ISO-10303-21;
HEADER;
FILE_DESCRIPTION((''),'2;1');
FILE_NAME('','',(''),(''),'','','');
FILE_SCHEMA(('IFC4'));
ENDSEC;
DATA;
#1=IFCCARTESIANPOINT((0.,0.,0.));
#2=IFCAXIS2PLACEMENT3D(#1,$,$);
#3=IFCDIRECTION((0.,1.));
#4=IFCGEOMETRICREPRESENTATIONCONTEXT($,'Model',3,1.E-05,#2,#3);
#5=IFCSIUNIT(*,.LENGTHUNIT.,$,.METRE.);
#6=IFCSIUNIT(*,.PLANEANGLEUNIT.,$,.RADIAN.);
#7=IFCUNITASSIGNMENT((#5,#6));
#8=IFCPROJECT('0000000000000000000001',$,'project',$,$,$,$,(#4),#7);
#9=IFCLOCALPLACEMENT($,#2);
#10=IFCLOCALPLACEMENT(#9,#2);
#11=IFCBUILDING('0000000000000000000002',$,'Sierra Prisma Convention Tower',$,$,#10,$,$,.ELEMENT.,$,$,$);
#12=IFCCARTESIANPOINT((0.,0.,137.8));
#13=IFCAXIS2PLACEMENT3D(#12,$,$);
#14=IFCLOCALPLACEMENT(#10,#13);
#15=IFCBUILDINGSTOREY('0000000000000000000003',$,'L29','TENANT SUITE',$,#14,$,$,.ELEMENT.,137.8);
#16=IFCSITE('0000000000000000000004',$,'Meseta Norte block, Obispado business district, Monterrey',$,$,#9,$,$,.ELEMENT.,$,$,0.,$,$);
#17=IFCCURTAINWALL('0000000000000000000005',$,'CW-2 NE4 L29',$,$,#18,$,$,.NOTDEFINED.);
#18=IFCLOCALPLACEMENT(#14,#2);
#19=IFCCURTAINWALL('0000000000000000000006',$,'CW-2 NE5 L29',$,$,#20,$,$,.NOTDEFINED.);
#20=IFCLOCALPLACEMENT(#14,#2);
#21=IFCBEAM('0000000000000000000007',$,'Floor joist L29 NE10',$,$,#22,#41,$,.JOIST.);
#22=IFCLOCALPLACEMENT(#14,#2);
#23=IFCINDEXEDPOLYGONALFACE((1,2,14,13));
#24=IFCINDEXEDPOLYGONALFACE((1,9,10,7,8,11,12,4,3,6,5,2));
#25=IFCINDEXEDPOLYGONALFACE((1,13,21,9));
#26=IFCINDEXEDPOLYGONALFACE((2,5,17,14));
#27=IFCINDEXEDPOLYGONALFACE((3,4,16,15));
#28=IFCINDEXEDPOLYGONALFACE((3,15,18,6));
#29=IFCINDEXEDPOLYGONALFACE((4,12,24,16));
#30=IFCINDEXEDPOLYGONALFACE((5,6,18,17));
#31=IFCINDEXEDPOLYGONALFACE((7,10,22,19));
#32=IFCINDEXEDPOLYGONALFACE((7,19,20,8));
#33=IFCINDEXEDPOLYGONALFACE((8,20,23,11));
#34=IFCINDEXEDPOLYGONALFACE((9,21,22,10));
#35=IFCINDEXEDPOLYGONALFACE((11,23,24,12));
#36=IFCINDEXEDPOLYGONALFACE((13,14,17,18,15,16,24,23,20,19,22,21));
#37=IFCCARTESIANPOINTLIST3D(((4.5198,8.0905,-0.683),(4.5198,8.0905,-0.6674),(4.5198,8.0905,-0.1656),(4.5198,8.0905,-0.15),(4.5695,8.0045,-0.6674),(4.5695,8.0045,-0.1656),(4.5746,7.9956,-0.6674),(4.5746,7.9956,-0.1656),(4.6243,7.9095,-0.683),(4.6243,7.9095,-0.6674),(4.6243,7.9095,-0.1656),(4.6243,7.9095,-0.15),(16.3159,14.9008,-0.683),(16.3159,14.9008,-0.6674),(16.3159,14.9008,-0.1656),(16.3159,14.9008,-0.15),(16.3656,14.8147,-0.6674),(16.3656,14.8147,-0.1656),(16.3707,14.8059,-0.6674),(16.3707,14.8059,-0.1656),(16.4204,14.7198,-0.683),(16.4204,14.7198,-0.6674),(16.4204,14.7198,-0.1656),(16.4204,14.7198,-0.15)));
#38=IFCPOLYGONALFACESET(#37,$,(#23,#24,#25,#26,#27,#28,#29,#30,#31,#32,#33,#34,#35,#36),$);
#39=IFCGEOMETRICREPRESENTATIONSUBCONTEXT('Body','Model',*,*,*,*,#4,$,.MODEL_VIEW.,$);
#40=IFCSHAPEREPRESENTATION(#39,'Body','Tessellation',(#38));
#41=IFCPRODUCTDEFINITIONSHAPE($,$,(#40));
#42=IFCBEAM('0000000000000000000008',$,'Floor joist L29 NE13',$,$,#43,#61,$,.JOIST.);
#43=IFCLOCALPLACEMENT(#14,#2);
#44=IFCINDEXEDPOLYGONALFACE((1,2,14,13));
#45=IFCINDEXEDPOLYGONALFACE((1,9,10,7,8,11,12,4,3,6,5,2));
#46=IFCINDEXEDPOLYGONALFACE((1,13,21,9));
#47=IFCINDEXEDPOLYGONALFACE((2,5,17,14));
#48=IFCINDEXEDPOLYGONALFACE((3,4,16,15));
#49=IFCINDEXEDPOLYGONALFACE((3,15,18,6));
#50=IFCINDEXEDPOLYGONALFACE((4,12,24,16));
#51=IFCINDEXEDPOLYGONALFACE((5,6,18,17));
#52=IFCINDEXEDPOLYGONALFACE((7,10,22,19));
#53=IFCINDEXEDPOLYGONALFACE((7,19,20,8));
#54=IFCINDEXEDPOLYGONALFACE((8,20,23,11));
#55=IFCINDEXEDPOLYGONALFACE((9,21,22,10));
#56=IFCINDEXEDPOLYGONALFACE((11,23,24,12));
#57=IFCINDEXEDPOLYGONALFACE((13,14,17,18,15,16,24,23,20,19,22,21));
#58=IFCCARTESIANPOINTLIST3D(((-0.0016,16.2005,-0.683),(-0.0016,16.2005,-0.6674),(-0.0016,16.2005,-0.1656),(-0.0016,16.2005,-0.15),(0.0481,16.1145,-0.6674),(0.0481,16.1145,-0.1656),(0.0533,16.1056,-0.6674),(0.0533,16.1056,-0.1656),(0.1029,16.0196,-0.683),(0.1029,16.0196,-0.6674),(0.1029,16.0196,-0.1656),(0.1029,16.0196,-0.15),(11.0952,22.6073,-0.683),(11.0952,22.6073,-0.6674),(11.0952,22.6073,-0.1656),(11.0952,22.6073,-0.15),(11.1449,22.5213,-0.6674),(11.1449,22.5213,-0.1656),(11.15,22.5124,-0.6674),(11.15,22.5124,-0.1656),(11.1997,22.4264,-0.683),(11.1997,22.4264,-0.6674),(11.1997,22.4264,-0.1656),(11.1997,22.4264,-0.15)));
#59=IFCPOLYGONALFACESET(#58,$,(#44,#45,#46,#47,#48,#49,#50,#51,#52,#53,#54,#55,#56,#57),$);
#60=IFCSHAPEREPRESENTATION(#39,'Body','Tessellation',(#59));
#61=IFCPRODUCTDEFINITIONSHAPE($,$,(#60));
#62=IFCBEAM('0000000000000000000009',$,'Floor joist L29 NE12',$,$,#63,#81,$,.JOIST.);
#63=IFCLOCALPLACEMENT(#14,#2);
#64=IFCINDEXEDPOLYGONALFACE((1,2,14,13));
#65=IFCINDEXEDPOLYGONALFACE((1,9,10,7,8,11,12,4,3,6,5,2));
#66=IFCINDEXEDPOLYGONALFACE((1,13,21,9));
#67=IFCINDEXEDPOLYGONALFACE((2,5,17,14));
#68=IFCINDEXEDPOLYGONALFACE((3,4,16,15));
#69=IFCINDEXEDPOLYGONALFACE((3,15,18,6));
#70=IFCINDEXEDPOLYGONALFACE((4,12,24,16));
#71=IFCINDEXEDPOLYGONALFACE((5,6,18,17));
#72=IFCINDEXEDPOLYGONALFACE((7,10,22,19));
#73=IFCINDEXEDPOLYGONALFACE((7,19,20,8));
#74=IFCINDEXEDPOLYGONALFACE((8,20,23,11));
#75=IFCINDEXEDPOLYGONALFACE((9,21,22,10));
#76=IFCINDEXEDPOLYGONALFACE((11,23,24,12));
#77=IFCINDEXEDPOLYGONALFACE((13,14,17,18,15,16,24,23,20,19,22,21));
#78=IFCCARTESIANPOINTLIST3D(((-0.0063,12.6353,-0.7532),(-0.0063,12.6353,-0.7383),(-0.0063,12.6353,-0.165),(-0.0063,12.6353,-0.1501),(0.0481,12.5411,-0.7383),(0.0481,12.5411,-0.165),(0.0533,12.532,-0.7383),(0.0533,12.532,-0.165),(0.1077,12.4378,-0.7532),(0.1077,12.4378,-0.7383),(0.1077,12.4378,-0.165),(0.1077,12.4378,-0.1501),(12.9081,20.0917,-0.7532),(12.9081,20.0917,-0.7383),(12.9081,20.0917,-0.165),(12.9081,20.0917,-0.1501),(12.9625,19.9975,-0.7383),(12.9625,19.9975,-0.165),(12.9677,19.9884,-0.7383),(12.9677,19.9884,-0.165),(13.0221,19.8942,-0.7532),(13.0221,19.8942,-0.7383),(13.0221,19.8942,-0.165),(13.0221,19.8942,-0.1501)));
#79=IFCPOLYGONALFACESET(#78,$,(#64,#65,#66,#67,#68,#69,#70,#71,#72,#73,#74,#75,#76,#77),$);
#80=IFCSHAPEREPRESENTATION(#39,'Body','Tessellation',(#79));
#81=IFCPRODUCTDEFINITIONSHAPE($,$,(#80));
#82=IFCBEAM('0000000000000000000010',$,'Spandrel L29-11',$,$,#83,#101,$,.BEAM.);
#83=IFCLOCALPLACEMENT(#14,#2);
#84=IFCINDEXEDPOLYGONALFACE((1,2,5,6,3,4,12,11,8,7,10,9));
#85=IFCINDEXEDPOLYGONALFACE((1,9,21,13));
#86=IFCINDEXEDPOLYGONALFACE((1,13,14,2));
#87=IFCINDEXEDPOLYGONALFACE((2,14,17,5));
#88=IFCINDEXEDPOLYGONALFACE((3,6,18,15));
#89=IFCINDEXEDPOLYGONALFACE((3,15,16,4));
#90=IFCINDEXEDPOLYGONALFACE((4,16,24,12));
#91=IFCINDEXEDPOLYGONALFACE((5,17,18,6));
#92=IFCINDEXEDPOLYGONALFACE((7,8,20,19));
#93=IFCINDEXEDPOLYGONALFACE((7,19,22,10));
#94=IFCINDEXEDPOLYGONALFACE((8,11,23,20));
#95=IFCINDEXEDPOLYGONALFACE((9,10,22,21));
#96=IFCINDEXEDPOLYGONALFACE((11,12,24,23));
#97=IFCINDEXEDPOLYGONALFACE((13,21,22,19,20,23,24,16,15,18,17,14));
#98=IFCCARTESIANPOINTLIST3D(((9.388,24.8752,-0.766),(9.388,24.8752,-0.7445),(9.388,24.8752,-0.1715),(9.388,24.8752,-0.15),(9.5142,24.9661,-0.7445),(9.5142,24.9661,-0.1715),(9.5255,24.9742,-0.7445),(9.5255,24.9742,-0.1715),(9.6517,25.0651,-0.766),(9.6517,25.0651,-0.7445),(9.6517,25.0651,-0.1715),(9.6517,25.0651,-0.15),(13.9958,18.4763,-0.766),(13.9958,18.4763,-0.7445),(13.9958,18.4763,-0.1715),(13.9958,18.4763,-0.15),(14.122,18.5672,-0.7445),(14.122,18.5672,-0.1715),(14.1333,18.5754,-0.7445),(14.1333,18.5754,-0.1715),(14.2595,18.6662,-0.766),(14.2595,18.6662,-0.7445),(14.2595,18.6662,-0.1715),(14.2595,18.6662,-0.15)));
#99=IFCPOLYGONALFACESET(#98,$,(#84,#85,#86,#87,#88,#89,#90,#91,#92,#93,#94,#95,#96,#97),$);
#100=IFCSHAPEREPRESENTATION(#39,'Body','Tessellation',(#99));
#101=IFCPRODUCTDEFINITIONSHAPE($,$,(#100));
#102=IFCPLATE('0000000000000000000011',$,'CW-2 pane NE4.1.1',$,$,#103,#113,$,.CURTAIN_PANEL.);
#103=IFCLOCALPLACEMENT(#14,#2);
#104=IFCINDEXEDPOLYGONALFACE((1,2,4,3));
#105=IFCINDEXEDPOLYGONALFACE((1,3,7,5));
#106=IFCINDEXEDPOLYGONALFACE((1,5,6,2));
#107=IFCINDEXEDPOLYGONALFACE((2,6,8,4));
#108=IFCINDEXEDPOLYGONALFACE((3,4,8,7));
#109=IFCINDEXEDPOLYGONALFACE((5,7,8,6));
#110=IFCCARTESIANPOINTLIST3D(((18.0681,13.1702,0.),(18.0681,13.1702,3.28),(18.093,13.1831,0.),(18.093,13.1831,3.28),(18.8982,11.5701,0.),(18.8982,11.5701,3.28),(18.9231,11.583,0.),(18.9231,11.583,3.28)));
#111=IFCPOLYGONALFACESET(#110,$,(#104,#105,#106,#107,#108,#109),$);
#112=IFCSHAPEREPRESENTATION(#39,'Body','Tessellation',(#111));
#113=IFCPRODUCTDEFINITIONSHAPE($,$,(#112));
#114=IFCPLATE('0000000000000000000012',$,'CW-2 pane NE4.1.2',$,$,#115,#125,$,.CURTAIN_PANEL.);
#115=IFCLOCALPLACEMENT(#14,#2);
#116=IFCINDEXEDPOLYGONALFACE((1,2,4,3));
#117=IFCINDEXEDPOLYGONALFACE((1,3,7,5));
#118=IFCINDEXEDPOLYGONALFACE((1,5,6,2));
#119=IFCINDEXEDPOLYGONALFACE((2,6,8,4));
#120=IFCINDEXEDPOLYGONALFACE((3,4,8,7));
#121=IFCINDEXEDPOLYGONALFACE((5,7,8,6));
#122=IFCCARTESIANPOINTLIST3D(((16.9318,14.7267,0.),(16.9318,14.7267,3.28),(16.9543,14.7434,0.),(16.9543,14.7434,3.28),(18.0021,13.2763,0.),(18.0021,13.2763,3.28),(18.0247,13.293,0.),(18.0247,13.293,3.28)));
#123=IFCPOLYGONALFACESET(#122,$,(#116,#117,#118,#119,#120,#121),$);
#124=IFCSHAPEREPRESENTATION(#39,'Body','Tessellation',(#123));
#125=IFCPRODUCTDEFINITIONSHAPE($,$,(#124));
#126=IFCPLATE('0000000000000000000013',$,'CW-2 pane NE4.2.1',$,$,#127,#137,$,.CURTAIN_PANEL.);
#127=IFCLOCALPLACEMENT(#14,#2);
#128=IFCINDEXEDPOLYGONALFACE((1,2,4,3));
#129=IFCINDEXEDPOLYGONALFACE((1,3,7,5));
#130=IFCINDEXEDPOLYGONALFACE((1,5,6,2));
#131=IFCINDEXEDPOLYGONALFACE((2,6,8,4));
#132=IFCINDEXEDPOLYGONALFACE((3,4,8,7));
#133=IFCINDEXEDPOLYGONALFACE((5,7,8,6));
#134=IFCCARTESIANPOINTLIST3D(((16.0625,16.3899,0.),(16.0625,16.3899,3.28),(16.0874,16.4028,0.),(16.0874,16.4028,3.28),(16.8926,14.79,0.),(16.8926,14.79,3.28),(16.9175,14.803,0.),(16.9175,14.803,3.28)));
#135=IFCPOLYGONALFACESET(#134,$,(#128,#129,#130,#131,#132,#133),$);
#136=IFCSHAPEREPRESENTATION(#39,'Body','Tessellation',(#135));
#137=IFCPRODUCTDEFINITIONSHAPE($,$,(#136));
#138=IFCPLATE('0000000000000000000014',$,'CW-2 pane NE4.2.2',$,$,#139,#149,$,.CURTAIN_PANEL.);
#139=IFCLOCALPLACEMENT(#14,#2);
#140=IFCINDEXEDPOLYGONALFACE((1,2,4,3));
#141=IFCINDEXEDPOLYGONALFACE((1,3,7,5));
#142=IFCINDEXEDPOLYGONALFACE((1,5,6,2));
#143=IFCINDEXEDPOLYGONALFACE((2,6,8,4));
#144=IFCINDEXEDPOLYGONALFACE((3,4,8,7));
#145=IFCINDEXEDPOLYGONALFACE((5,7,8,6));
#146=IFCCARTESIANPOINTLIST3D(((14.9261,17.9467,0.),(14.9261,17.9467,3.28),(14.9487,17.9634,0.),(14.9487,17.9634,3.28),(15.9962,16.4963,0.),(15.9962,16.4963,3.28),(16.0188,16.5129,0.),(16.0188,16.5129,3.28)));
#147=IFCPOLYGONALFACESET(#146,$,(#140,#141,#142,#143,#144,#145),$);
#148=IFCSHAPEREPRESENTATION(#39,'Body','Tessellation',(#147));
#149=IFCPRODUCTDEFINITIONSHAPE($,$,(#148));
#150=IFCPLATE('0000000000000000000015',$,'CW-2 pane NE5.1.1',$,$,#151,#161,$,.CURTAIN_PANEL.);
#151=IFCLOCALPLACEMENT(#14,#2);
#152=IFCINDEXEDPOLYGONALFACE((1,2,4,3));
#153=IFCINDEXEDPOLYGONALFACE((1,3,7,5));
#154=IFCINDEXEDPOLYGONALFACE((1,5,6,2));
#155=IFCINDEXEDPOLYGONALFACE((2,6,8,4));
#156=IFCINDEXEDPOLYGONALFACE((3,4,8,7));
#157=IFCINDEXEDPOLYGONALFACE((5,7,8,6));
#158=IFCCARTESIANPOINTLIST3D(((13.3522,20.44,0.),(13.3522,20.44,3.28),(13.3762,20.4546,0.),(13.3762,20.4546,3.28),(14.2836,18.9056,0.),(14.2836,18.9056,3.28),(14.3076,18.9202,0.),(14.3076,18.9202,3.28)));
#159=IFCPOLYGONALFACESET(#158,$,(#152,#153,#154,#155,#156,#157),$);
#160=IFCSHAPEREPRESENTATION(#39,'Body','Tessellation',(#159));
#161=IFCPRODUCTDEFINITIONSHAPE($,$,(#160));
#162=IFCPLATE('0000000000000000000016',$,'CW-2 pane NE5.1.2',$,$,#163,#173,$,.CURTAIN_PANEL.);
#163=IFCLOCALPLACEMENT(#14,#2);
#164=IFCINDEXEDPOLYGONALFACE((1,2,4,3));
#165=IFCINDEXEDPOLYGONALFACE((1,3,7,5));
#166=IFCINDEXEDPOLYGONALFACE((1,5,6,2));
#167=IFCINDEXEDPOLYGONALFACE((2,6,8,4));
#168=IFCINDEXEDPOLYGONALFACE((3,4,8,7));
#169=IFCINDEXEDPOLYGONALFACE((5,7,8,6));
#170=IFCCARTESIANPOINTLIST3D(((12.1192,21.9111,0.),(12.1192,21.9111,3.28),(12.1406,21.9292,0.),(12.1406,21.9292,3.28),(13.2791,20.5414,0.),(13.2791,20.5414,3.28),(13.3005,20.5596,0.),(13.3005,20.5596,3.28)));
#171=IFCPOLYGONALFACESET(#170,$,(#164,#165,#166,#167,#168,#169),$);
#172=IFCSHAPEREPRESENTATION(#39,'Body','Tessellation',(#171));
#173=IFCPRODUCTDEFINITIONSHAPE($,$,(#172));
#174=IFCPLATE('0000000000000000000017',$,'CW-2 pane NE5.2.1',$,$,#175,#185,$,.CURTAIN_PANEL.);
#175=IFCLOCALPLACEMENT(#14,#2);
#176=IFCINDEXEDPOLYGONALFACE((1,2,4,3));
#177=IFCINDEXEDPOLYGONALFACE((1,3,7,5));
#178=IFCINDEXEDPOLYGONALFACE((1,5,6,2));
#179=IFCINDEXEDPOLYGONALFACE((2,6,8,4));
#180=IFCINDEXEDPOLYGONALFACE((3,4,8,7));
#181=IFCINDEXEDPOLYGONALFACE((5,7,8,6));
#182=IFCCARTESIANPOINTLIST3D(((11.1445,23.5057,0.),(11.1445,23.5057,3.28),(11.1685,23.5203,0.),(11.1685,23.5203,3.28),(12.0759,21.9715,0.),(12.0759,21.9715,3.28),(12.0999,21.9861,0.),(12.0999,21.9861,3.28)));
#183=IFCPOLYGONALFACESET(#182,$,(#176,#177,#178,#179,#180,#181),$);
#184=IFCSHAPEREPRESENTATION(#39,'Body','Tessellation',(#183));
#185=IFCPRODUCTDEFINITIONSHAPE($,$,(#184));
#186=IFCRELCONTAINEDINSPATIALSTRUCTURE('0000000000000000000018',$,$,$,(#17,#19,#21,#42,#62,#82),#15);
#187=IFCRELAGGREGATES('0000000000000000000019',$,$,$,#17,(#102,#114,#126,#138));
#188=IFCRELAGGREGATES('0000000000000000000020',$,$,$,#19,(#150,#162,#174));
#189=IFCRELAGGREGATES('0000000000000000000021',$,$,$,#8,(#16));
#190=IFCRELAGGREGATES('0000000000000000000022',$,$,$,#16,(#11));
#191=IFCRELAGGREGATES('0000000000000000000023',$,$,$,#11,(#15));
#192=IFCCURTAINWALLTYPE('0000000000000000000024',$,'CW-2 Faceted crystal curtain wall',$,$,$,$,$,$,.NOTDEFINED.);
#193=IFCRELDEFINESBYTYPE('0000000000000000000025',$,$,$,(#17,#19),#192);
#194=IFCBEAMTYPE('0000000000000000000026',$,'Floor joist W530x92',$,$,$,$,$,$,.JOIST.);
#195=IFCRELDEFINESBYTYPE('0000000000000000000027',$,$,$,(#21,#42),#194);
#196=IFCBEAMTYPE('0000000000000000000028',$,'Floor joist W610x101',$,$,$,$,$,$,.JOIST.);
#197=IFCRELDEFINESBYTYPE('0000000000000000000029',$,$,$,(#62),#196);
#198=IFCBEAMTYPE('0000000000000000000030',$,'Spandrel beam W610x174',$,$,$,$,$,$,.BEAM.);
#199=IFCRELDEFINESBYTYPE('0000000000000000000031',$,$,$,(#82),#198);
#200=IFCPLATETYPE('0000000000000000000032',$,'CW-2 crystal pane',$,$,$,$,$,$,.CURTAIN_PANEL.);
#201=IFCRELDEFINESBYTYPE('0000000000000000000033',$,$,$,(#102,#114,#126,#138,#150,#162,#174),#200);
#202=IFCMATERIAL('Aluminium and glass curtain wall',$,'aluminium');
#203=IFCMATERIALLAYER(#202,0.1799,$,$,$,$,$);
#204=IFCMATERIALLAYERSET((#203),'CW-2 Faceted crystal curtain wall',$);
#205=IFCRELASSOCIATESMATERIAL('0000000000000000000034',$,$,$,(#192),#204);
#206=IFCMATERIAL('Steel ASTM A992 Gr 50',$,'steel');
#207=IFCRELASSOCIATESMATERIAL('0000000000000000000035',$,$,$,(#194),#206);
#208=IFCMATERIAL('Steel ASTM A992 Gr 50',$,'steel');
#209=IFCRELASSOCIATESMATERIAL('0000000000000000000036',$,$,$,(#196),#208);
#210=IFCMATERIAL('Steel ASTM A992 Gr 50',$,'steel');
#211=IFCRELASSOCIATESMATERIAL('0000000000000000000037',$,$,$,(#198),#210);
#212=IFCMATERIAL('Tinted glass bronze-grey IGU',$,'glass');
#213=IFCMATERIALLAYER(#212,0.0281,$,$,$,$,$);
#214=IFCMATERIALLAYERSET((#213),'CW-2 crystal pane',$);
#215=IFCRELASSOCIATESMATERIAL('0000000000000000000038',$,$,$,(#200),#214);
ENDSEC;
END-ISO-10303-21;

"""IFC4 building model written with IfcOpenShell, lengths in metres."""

from ifc_helpers import new_model, si_unit, direction, frame, origin, origin_2d, place, context, subcontext, project, spatial, polyline, i_section, outline, extrude, material, layer, layer_set, material_profile, profile_set, type_object, element, aggregate, save


model = new_model("IFC4")

# Units and contexts
model_context = context("Model", 3, precision=1e-05, world=origin(), true_north=direction((0.0, 1.0)))
body_context = subcontext(model_context, "Body", "Model", "MODEL_VIEW")
ifc_project = project(units=[si_unit("LENGTHUNIT", "METRE"), si_unit("PLANEANGLEUNIT", "RADIAN")], contexts=[model_context])

# Site, building, storey
site_placement = place(None, origin())
site = spatial("IfcSite", under=ifc_project, at=site_placement, Name="Meseta Norte block, Obispado business district, Monterrey", CompositionType="ELEMENT", RefElevation=0.0)
building_placement = place(site_placement, origin())
building = spatial("IfcBuilding", under=site, at=building_placement, Name="Sierra Prisma Convention Tower", CompositionType="ELEMENT")
storey_placement = place(building_placement, frame((0.0, 0.0, 137.8)))
storey = spatial("IfcBuildingStorey", under=building, at=storey_placement, Name="L29", Description="TENANT SUITE", CompositionType="ELEMENT", Elevation=137.8)

# Curtain walls
ifc_material_1 = material(Name="Aluminium and glass curtain wall", Category="aluminium")
ifc_layer_1 = layer(ifc_material_1, 0.1799)
ifc_layer_set_1 = layer_set([ifc_layer_1], Name="CW-2 Faceted crystal curtain wall")
curtain_wall_type = type_object("IfcCurtainWallType", Name="CW-2 Faceted crystal curtain wall", PredefinedType="NOTDEFINED", material=ifc_layer_set_1)
curtain_wall_1_placement = place(storey_placement, origin())
curtain_wall_1 = element("IfcCurtainWall", 1, at=curtain_wall_1_placement, inside=storey, type_object=curtain_wall_type, Name="CW-2 NE4 L29", PredefinedType="NOTDEFINED")
curtain_wall_2_placement = place(storey_placement, origin())
curtain_wall_2 = element("IfcCurtainWall", 2, at=curtain_wall_2_placement, inside=storey, type_object=curtain_wall_type, Name="CW-2 NE5 L29", PredefinedType="NOTDEFINED")

# Beams
ifc_material_2 = material(Name="Steel ASTM A992 Gr 50", Category="steel")
ifc_material_profile_1 = material_profile(ifc_material_2, i_section(OverallWidth=0.209, OverallDepth=0.533, WebThickness=0.0103, FlangeThickness=0.0156, at=origin_2d()), Name="W530x92")
ifc_profile_set_1 = profile_set([ifc_material_profile_1], Name="Steel ASTM A992 Gr 50")
beam_type_1 = type_object("IfcBeamType", Name="Floor joist W530x92", PredefinedType="JOIST", material=ifc_profile_set_1)
beam_1_placement = place(storey_placement, frame((16.3682, 14.8103, -0.4165), z_axis=(-0.866032, -0.499989, 0.0), x_axis=(0.499989, -0.866032, 0.0)))
element("IfcBeam", 3, at=beam_1_placement, inside=storey, type_object=beam_type_1, Name="Floor joist L29 NE10", PredefinedType="JOIST", context=body_context, shape_type="SweptSolid", body=[
    extrude(i_section(OverallWidth=0.209, OverallDepth=0.533, WebThickness=0.0103, FlangeThickness=0.0156, at=origin_2d()), origin(), (0.0, 0.0, 1.0), 13.6208),
])
beam_2_placement = place(storey_placement, frame((11.1475, 22.5168, -0.4165), z_axis=(-0.866023, -0.500004, 0.0), x_axis=(0.500004, -0.866023, 0.0)))
element("IfcBeam", 4, at=beam_2_placement, inside=storey, type_object=beam_type_1, Name="Floor joist L29 NE13", PredefinedType="JOIST", context=body_context, shape_type="SweptSolid", body=[
    extrude(i_section(OverallWidth=0.209, OverallDepth=0.533, WebThickness=0.0103, FlangeThickness=0.0156, at=origin_2d()), origin(), (0.0, 0.0, 1.0), 12.8135),
])
ifc_material_3 = material(Name="Steel ASTM A992 Gr 50", Category="steel")
ifc_material_profile_2 = material_profile(ifc_material_3, i_section(OverallWidth=0.228, OverallDepth=0.603, WebThickness=0.0105, FlangeThickness=0.0149, at=origin_2d()), Name="W610x101")
ifc_profile_set_2 = profile_set([ifc_material_profile_2], Name="Steel ASTM A992 Gr 50")
beam_type_2 = type_object("IfcBeamType", Name="Floor joist W610x101", PredefinedType="JOIST", material=ifc_profile_set_2)
beam_3_placement = place(storey_placement, frame((12.9651, 19.9929, -0.4517), z_axis=(-0.866019, -0.500011, 0.0), x_axis=(0.500011, -0.866019, 0.0)))
element("IfcBeam", 5, at=beam_3_placement, inside=storey, type_object=beam_type_2, Name="Floor joist L29 NE12", PredefinedType="JOIST", context=body_context, shape_type="SweptSolid", body=[
    extrude(i_section(OverallWidth=0.228, OverallDepth=0.603, WebThickness=0.0105, FlangeThickness=0.0149, at=origin_2d()), origin(), (0.0, 0.0, 1.0), 14.9124),
])
ifc_material_4 = material(Name="Steel ASTM A992 Gr 50", Category="steel")
ifc_material_profile_3 = material_profile(ifc_material_4, i_section(OverallWidth=0.325, OverallDepth=0.616, WebThickness=0.0139, FlangeThickness=0.0215, at=origin_2d()), Name="W610x174")
ifc_profile_set_3 = profile_set([ifc_material_profile_3], Name="Steel ASTM A992 Gr 50")
beam_type_3 = type_object("IfcBeamType", Name="Spandrel beam W610x174", PredefinedType="BEAM", material=ifc_profile_set_3)
beam_4_placement = place(storey_placement, frame((14.1277, 18.5713, -0.458), z_axis=(-0.584362, 0.811493, 0.0), x_axis=(-0.811493, -0.584362, 0.0)))
element("IfcBeam", 6, at=beam_4_placement, inside=storey, type_object=beam_type_3, Name="Spandrel L29-11", PredefinedType="BEAM", context=body_context, shape_type="SweptSolid", body=[
    extrude(i_section(OverallWidth=0.325, OverallDepth=0.616, WebThickness=0.0139, FlangeThickness=0.0215, at=origin_2d()), origin(), (0.0, 0.0, 1.0), 7.8853),
])

# Plates
ifc_material_5 = material(Name="Tinted glass bronze-grey IGU", Category="glass")
ifc_layer_2 = layer(ifc_material_5, 0.0281)
ifc_layer_set_2 = layer_set([ifc_layer_2], Name="CW-2 crystal pane")
plate_type = type_object("IfcPlateType", Name="CW-2 crystal pane", PredefinedType="CURTAIN_PANEL", material=ifc_layer_set_2)
plate_1_placement = place(storey_placement, frame((18.9231, 11.583, 0.0), z_axis=(0.887664, 0.460491, 0.0), x_axis=(-0.460491, 0.887664, 0.0)))
plate_1 = element("IfcPlate", 7, at=plate_1_placement, type_object=plate_type, Name="CW-2 pane NE4.1.1", PredefinedType="CURTAIN_PANEL", context=body_context, shape_type="SweptSolid", body=[
    extrude(outline(polyline([(0.0, 0.0), (1.8026, 0.0), (1.8026, 3.28), (0.0, 3.28), (0.0, 0.0)])), origin(), (0.0, 0.0, -1.0), 0.0281),
])
plate_2_placement = place(storey_placement, frame((16.9543, 14.7434, 0.0), z_axis=(0.80464, 0.593763, 0.0), x_axis=(0.593763, -0.80464, 0.0)))
plate_2 = element("IfcPlate", 8, at=plate_2_placement, type_object=plate_type, Name="CW-2 pane NE4.1.2", PredefinedType="CURTAIN_PANEL", context=body_context, shape_type="SweptSolid", body=[
    extrude(outline(polyline([(0.0, 0.0), (1.8026, 0.0), (1.8026, -3.28), (0.0, -3.28), (0.0, 0.0)])), origin(), (0.0, 0.0, -1.0), 0.0281),
])
plate_3_placement = place(storey_placement, frame((16.9175, 14.803, 0.0), z_axis=(0.887636, 0.460546, 0.0), x_axis=(-0.460546, 0.887636, 0.0)))
plate_3 = element("IfcPlate", 9, at=plate_3_placement, type_object=plate_type, Name="CW-2 pane NE4.2.1", PredefinedType="CURTAIN_PANEL", context=body_context, shape_type="SweptSolid", body=[
    extrude(outline(polyline([(0.0, 0.0), (1.8024, 0.0), (1.8024, 3.28), (0.0, 3.28), (0.0, 0.0)])), origin(), (0.0, 0.0, -1.0), 0.0281),
])
plate_4_placement = place(storey_placement, frame((14.9487, 17.9634, 0.0), z_axis=(0.804705, 0.593675, 0.0), x_axis=(0.593675, -0.804705, 0.0)))
plate_4 = element("IfcPlate", 10, at=plate_4_placement, type_object=plate_type, Name="CW-2 pane NE4.2.2", PredefinedType="CURTAIN_PANEL", context=body_context, shape_type="SweptSolid", body=[
    extrude(outline(polyline([(0.0, 0.0), (1.8024, 0.0), (1.8024, -3.28), (0.0, -3.28), (0.0, 0.0)])), origin(), (0.0, 0.0, -1.0), 0.0281),
])
aggregate(curtain_wall_1, [plate_1, plate_2, plate_3, plate_4])
plate_5_placement = place(storey_placement, frame((14.3076, 18.9202, 0.0), z_axis=(0.854841, 0.518889, 0.0), x_axis=(-0.518889, 0.854841, 0.0)))
plate_5 = element("IfcPlate", 11, at=plate_5_placement, type_object=plate_type, Name="CW-2 pane NE5.1.1", PredefinedType="CURTAIN_PANEL", context=body_context, shape_type="SweptSolid", body=[
    extrude(outline(polyline([(0.0, 0.0), (1.795, 0.0), (1.795, 3.28), (0.0, 3.28), (0.0, 0.0)])), origin(), (0.0, 0.0, -1.0), 0.0281),
])
plate_6_placement = place(storey_placement, frame((12.1406, 21.9292, 0.0), z_axis=(0.763113, 0.646265, 0.0), x_axis=(0.646265, -0.763113, 0.0)))
plate_6 = element("IfcPlate", 12, at=plate_6_placement, type_object=plate_type, Name="CW-2 pane NE5.1.2", PredefinedType="CURTAIN_PANEL", context=body_context, shape_type="SweptSolid", body=[
    extrude(outline(polyline([(0.0, 0.0), (1.7948, 0.0), (1.7948, -3.28), (0.0, -3.28), (0.0, 0.0)])), origin(), (0.0, 0.0, -1.0), 0.0281),
])
plate_7_placement = place(storey_placement, frame((12.0999, 21.9861, 0.0), z_axis=(0.854805, 0.51895, 0.0), x_axis=(-0.51895, 0.854805, 0.0)))
plate_7 = element("IfcPlate", 13, at=plate_7_placement, type_object=plate_type, Name="CW-2 pane NE5.2.1", PredefinedType="CURTAIN_PANEL", context=body_context, shape_type="SweptSolid", body=[
    extrude(outline(polyline([(0.0, 0.0), (1.7948, 0.0), (1.7948, 3.28), (0.0, 3.28), (0.0, 0.0)])), origin(), (0.0, 0.0, -1.0), 0.0281),
])
aggregate(curtain_wall_2, [plate_5, plate_6, plate_7])

save(model, "model.ifc")
